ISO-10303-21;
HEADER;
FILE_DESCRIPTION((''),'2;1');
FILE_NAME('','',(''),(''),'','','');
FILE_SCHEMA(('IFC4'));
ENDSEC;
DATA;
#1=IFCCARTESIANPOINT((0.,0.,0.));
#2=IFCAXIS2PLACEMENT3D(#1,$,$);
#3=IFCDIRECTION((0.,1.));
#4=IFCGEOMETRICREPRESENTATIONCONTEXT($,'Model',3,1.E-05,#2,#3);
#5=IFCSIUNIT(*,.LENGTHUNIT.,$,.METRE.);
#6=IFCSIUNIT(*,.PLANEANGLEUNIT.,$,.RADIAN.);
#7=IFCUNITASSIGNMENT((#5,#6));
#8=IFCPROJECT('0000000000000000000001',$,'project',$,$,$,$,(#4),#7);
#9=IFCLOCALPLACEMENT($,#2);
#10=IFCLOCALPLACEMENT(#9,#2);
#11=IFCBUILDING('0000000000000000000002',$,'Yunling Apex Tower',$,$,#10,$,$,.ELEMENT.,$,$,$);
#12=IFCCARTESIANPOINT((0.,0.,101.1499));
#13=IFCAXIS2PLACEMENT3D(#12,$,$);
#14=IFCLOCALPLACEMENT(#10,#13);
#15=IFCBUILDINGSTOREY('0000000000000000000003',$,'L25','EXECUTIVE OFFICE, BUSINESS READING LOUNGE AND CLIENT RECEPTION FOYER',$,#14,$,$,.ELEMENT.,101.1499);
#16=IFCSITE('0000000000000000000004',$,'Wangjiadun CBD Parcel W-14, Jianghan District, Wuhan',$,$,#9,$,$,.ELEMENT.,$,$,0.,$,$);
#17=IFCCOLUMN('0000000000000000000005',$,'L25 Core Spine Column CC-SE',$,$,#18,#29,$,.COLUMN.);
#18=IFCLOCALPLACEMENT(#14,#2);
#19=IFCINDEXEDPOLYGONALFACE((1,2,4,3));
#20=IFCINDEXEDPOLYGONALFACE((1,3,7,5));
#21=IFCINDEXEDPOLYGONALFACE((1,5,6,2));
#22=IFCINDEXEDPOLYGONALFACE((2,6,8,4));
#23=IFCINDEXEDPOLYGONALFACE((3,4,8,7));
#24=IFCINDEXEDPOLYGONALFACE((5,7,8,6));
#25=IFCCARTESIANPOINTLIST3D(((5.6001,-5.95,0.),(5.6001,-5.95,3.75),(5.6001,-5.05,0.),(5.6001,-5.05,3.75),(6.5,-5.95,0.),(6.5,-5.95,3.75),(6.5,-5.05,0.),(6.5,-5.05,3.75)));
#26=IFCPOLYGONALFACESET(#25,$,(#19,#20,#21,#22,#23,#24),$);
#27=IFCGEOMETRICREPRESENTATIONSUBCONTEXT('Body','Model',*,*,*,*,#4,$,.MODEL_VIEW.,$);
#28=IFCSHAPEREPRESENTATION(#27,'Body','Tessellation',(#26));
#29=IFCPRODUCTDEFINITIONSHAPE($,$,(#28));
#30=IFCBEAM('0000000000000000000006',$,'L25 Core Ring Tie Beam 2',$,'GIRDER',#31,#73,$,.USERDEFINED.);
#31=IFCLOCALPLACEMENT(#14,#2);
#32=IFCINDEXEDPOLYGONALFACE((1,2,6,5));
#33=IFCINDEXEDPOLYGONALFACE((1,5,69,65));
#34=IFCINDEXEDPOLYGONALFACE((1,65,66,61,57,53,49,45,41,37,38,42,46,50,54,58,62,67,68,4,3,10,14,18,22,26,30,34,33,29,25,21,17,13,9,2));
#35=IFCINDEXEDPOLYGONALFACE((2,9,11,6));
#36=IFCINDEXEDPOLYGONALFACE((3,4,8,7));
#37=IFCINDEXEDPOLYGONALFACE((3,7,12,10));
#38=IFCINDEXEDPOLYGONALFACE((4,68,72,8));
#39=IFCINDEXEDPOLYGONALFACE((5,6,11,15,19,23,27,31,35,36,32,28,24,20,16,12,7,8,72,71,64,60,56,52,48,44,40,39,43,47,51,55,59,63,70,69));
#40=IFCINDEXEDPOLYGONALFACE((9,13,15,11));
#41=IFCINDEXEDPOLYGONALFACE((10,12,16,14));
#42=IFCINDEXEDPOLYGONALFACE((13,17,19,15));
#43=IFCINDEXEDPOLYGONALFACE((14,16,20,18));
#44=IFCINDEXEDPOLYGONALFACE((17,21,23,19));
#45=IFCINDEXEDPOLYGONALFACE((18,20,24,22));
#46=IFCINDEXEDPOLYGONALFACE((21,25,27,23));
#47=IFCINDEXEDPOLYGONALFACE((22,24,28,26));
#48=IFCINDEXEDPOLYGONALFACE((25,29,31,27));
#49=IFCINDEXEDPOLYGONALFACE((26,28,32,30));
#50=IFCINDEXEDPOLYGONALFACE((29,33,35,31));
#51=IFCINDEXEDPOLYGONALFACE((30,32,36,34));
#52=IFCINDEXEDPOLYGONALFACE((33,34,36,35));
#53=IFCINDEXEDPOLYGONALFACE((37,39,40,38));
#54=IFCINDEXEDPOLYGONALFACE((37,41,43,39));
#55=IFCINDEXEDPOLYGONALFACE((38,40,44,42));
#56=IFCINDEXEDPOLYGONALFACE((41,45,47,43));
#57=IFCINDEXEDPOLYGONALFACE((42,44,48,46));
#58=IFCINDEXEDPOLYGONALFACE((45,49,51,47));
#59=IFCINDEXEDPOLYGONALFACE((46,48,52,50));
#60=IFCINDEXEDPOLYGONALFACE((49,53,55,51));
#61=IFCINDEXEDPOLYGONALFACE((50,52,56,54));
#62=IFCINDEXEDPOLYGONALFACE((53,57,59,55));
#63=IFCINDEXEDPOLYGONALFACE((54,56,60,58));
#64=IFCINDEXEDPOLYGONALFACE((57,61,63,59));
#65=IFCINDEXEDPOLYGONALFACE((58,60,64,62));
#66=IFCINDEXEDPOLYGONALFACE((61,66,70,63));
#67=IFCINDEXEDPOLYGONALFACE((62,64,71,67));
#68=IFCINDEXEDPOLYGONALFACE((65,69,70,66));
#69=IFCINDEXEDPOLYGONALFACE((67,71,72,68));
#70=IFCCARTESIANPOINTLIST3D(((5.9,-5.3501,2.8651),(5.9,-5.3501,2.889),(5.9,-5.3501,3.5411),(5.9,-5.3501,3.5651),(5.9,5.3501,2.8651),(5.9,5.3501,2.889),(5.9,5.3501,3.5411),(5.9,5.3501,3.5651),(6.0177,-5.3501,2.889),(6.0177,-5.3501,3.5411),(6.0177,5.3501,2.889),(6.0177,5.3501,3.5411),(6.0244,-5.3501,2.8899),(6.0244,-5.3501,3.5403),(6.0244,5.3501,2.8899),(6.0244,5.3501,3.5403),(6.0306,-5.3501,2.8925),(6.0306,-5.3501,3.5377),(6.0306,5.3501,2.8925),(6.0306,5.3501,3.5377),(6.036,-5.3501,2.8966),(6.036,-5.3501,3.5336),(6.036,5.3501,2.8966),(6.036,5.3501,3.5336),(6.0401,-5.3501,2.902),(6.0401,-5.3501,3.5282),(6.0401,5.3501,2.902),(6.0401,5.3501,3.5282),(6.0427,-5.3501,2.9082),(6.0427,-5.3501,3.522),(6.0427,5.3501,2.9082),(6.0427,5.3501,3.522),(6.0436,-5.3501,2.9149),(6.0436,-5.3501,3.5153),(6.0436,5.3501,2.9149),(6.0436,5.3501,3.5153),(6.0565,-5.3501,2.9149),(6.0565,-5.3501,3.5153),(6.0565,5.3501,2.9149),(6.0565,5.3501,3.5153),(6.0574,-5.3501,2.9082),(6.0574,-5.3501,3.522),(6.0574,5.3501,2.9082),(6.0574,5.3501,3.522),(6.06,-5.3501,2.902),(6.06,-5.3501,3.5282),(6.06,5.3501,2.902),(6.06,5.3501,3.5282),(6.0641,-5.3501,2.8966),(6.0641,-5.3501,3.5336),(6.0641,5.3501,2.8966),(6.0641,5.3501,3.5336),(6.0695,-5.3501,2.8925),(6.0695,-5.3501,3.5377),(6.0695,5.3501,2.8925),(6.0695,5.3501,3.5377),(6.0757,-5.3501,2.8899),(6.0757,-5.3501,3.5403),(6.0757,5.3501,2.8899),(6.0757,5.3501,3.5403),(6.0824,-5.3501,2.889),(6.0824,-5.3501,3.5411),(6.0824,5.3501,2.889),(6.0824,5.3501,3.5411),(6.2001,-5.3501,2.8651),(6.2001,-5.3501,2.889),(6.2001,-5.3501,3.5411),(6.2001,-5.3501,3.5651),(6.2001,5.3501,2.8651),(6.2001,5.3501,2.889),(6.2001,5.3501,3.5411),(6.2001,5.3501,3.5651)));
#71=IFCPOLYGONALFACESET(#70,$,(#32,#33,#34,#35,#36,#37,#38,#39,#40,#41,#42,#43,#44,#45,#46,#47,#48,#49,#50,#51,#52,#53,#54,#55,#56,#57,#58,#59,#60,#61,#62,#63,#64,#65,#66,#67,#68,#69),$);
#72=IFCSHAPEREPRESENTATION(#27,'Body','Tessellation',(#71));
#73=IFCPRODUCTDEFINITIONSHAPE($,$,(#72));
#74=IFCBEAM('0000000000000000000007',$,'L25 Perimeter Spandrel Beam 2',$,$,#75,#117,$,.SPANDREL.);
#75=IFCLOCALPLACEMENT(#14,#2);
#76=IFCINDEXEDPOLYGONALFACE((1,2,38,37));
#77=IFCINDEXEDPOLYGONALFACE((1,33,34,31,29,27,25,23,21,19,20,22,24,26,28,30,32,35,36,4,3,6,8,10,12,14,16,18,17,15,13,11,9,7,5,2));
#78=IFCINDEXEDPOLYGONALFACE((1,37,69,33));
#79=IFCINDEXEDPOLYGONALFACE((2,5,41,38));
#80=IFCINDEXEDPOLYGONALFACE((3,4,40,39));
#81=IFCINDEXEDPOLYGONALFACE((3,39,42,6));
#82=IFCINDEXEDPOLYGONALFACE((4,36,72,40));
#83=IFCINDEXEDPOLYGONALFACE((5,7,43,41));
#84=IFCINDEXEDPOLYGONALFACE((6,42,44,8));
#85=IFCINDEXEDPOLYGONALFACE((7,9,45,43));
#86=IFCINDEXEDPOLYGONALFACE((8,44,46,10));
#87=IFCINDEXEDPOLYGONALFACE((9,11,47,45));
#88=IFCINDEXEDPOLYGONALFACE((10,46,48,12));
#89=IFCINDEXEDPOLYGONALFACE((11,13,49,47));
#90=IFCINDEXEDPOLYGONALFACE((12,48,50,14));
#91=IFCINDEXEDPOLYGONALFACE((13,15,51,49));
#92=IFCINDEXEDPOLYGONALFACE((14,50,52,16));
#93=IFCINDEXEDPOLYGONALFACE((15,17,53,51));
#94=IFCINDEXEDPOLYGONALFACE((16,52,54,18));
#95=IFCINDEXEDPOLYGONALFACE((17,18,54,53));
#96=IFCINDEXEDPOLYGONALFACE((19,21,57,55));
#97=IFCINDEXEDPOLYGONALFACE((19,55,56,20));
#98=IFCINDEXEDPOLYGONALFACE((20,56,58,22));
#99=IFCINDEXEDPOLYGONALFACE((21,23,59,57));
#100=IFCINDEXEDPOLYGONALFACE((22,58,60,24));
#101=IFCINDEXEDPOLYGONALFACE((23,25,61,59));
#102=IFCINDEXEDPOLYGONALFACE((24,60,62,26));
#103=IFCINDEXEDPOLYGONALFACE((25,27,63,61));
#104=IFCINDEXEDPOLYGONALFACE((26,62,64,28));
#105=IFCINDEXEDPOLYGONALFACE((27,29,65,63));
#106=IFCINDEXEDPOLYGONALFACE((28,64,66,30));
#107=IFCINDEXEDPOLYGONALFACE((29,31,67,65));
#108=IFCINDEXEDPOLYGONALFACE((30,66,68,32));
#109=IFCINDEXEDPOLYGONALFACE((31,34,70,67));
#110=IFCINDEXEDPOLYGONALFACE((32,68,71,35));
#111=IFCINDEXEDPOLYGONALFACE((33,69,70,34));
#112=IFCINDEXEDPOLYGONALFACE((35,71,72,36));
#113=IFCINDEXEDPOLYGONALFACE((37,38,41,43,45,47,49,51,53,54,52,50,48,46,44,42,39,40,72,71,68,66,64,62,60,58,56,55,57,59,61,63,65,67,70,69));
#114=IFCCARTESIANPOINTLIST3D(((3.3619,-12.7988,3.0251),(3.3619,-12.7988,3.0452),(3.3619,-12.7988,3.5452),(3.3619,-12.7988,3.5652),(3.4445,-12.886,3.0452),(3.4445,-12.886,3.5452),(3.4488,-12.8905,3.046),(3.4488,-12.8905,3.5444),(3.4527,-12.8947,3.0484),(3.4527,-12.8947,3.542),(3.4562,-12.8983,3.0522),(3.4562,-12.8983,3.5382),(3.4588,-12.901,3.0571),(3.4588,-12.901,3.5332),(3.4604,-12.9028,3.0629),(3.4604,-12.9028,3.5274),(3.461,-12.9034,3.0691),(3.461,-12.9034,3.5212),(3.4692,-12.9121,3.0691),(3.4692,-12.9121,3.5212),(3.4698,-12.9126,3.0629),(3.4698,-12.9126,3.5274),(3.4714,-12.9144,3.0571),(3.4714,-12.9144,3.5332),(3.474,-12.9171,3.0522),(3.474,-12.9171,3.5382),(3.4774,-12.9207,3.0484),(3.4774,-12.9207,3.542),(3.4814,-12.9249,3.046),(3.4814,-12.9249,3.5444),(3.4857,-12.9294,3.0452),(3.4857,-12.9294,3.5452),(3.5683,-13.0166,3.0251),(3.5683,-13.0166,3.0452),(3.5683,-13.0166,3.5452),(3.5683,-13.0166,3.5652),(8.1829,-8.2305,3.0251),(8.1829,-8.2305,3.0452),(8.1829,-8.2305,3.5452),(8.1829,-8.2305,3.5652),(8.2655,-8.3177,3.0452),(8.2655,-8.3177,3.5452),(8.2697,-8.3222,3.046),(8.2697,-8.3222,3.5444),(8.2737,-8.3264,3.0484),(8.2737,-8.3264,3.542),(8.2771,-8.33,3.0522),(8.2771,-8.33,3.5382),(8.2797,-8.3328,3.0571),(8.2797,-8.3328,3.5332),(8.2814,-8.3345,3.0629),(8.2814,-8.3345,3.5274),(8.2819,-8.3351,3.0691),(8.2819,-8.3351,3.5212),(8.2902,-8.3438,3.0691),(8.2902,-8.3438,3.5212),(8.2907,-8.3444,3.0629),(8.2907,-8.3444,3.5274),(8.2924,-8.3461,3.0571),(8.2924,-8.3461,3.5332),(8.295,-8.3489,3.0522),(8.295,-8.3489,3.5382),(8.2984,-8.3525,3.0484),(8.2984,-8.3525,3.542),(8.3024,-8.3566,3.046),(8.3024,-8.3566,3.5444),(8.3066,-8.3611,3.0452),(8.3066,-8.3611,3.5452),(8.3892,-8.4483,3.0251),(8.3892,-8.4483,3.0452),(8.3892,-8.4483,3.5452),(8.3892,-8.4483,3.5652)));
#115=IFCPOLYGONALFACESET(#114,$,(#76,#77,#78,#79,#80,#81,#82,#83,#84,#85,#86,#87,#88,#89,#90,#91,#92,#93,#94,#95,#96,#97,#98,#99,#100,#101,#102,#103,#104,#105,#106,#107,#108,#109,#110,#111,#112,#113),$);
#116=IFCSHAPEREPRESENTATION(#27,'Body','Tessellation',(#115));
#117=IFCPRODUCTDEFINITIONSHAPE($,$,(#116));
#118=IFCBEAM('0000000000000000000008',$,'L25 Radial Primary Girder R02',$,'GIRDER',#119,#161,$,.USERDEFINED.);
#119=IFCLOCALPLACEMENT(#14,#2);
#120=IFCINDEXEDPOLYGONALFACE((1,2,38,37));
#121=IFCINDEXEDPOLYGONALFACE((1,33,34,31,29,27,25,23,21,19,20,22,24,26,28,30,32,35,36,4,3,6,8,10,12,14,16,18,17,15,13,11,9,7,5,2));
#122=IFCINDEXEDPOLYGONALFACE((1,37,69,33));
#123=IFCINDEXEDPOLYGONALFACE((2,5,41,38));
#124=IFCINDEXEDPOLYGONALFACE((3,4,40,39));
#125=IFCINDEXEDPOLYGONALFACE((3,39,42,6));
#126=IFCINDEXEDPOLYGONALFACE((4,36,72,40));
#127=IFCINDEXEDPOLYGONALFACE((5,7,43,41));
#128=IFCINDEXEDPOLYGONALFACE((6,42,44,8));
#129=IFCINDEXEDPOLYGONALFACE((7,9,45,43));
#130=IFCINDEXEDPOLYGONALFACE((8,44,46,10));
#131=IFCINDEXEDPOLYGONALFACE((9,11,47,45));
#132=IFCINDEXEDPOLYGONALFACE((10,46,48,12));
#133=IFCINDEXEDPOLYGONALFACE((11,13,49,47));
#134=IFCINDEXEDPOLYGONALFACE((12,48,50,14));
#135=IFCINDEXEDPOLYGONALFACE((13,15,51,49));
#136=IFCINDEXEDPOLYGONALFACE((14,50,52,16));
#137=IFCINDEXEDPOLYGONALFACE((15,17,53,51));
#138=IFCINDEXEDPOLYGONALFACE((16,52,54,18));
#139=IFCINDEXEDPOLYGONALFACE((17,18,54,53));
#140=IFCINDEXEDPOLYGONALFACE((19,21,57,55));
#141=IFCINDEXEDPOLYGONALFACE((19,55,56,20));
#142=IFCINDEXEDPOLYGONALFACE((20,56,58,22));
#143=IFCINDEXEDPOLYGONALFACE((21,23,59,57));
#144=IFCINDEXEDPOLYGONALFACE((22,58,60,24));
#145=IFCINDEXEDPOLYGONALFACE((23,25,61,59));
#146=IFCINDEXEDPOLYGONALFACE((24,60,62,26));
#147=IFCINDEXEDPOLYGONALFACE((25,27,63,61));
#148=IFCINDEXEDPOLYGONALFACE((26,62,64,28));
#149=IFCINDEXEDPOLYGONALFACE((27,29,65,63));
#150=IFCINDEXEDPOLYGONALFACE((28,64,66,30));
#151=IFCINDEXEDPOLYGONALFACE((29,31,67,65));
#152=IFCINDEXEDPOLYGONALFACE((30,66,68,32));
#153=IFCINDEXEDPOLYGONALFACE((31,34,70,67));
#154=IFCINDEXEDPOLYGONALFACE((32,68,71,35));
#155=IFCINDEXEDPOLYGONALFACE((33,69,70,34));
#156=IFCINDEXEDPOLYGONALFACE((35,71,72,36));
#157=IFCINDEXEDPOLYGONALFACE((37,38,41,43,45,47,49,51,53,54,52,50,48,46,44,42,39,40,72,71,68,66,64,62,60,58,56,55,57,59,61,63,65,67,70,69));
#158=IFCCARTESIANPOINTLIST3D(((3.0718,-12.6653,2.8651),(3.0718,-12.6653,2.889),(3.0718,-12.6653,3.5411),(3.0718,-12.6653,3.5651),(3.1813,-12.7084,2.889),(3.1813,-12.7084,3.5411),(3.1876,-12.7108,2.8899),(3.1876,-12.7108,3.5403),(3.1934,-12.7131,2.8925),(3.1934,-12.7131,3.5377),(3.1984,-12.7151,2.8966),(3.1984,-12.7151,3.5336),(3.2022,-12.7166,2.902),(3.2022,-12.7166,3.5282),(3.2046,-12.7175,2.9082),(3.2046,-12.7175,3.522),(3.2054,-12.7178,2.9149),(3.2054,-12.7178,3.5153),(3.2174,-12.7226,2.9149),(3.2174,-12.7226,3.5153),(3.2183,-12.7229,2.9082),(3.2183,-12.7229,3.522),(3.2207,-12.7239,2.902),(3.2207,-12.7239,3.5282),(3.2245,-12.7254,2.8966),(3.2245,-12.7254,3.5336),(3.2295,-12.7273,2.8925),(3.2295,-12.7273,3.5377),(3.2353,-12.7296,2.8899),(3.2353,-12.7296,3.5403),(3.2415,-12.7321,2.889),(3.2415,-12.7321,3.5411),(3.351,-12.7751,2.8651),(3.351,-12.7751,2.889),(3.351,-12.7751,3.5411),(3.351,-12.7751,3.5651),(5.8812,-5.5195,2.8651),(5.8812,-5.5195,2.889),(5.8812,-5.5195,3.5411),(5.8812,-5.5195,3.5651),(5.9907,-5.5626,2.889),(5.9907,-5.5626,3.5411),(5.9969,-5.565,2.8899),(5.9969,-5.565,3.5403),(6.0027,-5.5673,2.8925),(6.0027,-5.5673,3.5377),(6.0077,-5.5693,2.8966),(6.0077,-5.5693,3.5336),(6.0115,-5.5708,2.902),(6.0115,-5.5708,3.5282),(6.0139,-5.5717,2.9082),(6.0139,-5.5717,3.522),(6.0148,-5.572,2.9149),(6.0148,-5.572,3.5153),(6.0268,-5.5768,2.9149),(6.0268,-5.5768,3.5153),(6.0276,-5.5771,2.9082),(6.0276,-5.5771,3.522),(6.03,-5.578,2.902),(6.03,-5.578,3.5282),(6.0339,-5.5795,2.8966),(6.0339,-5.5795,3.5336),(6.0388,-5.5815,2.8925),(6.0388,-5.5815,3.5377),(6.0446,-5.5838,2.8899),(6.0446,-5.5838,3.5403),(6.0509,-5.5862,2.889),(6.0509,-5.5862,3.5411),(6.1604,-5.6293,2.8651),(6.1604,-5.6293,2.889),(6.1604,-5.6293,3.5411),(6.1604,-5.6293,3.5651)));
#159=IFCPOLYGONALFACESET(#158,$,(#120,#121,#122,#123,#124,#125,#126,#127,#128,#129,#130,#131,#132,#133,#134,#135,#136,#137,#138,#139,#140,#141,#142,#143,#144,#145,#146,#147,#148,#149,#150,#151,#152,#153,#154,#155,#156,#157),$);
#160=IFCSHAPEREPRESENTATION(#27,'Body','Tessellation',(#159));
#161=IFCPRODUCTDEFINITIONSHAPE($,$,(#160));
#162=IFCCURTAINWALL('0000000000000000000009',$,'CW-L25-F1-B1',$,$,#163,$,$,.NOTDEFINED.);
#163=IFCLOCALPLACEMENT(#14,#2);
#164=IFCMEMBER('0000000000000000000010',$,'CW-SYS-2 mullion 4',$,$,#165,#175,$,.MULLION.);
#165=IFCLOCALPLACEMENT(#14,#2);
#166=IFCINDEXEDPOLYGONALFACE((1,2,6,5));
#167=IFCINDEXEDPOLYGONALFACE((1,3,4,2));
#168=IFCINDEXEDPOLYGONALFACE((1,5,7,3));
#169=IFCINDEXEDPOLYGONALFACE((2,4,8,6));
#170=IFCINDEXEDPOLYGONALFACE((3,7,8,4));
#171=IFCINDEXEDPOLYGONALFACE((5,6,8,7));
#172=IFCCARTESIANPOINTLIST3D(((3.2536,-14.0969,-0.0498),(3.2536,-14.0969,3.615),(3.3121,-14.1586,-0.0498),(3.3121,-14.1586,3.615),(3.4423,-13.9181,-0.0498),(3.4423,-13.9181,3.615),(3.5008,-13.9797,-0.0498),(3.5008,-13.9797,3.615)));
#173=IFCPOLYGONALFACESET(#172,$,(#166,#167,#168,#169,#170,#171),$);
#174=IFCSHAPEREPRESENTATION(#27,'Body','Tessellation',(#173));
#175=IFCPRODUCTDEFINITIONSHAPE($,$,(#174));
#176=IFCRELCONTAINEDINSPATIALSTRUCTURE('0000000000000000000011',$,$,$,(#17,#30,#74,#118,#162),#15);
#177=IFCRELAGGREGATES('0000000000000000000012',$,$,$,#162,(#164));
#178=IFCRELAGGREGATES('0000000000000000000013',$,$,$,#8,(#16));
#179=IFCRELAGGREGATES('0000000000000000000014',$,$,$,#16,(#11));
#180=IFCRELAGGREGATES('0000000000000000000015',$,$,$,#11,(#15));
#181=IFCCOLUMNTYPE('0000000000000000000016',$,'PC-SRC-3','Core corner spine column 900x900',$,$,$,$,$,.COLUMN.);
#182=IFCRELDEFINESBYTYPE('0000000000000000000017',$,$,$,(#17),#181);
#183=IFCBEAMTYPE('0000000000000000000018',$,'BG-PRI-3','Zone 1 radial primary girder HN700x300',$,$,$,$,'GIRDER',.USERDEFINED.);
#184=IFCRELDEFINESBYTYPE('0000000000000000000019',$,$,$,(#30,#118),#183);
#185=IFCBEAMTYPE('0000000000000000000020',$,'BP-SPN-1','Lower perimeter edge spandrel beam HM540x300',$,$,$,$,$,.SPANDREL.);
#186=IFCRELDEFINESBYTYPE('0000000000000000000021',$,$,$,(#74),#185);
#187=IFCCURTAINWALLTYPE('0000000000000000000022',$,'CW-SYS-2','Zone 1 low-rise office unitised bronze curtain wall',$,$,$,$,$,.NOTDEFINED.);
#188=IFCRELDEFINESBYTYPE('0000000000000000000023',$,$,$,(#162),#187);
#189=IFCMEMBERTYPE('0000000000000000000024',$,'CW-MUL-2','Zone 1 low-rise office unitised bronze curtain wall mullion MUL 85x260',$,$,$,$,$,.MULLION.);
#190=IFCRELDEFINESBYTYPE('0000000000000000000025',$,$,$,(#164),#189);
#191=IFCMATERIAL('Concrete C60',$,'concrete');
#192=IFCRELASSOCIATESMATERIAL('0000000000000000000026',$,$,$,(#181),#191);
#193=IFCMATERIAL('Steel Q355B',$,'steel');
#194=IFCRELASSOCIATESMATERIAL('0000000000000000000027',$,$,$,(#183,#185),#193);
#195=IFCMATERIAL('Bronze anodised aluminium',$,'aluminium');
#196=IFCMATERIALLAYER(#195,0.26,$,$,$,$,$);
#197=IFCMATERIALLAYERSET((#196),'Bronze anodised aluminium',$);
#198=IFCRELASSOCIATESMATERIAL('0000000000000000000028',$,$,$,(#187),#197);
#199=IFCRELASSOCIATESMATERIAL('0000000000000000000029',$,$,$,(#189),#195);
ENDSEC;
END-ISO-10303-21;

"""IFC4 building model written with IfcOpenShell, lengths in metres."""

from ifc_helpers import new_model, si_unit, direction, frame, origin, origin_2d, place, context, subcontext, project, spatial, rectangle, i_section, extrude, source, transform, mapped, material, layer, layer_set, material_profile, profile_set, type_object, element, aggregate, save


model = new_model("IFC4")

# Units and contexts
model_context = context("Model", 3, precision=1e-05, world=origin(), true_north=direction((0.0, 1.0)))
body_context = subcontext(model_context, "Body", "Model", "MODEL_VIEW")
ifc_project = project(units=[si_unit("LENGTHUNIT", "METRE"), si_unit("PLANEANGLEUNIT", "RADIAN")], contexts=[model_context])

# Site, building, storey
site_placement = place(None, origin())
site = spatial("IfcSite", under=ifc_project, at=site_placement, Name="Wangjiadun CBD Parcel W-14, Jianghan District, Wuhan", CompositionType="ELEMENT", RefElevation=0.0)
building_placement = place(site_placement, origin())
building = spatial("IfcBuilding", under=site, at=building_placement, Name="Yunling Apex Tower", CompositionType="ELEMENT")
storey_placement = place(building_placement, frame((0.0, 0.0, 101.1499)))
storey = spatial("IfcBuildingStorey", under=building, at=storey_placement, Name="L25", Description="EXECUTIVE OFFICE, BUSINESS READING LOUNGE AND CLIENT RECEPTION FOYER", CompositionType="ELEMENT", Elevation=101.1499)

# Column
ifc_material_1 = material(Name="Concrete C60", Category="concrete")
ifc_material_profile_1 = material_profile(ifc_material_1, rectangle(XDim=0.8999, YDim=0.8999, at=origin_2d()))
ifc_profile_set_1 = profile_set([ifc_material_profile_1], Name="Concrete C60")
column_type = type_object("IfcColumnType", Name="PC-SRC-3", Description="Core corner spine column 900x900", PredefinedType="COLUMN", material=ifc_profile_set_1)
shared_shape_1 = source(origin(), body_context, "Body", "SweptSolid", [
    extrude(rectangle(XDim=0.8999, YDim=0.8999, at=origin_2d()), origin(), (0.0, 0.0, 1.0), 3.75),
])
column_placement = place(storey_placement, frame((6.05, -5.5, 0.0), z_axis=(0.0, 0.0, 1.0), x_axis=(1.0, 0.0, 0.0)))
element("IfcColumn", 1, at=column_placement, inside=storey, type_object=column_type, Name="L25 Core Spine Column CC-SE", PredefinedType="COLUMN", context=body_context, shape_type="MappedRepresentation", body=[
    mapped(shared_shape_1, transform((0.0, 0.0, 0.0), scale=1.0)),
])

# Beams
ifc_material_2 = material(Name="Steel Q355B", Category="steel")
ifc_material_profile_2 = material_profile(ifc_material_2, i_section(OverallWidth=0.3, OverallDepth=0.7, WebThickness=0.0129, FlangeThickness=0.0239, FilletRadius=0.0259, at=origin_2d()))
ifc_profile_set_2 = profile_set([ifc_material_profile_2], Name="Steel Q355B")
beam_type_1 = type_object("IfcBeamType", Name="BG-PRI-3", Description="Zone 1 radial primary girder HN700x300", ElementType="GIRDER", PredefinedType="USERDEFINED", material=ifc_profile_set_2)
shared_shape_2 = source(origin(), body_context, "Body", "SweptSolid", [
    extrude(i_section(OverallWidth=0.3, OverallDepth=0.7, WebThickness=0.0129, FlangeThickness=0.0239, FilletRadius=0.0259, at=origin_2d()), origin(), (0.0, 0.0, 1.0), 10.7002),
])
beam_1_placement = place(storey_placement, frame((6.05, -5.3501, 3.2151), z_axis=(0.0, 1.0, 0.0), x_axis=(-1.0, 0.0, 0.0)))
element("IfcBeam", 2, at=beam_1_placement, inside=storey, type_object=beam_type_1, Name="L25 Core Ring Tie Beam 2", ObjectType="GIRDER", PredefinedType="USERDEFINED", context=body_context, shape_type="MappedRepresentation", body=[
    mapped(shared_shape_2, transform((0.0, 0.0, 0.0), scale=1.0)),
])
ifc_material_profile_3 = material_profile(ifc_material_2, i_section(OverallWidth=0.3, OverallDepth=0.54, WebThickness=0.012, FlangeThickness=0.02, FilletRadius=0.0239, at=origin_2d()))
ifc_profile_set_3 = profile_set([ifc_material_profile_3], Name="Steel Q355B")
beam_type_2 = type_object("IfcBeamType", Name="BP-SPN-1", Description="Lower perimeter edge spandrel beam HM540x300", PredefinedType="SPANDREL", material=ifc_profile_set_3)
shared_shape_3 = source(origin(), body_context, "Body", "SweptSolid", [
    extrude(i_section(OverallWidth=0.3, OverallDepth=0.54, WebThickness=0.012, FlangeThickness=0.02, FilletRadius=0.0239, at=origin_2d()), origin(), (0.0, 0.0, 1.0), 6.6416),
])
beam_2_placement = place(storey_placement, frame((3.4651, -12.9077, 3.2952), z_axis=(0.725873, 0.687828, 0.0), x_axis=(-0.687828, 0.725873, 0.0)))
element("IfcBeam", 3, at=beam_2_placement, inside=storey, type_object=beam_type_2, Name="L25 Perimeter Spandrel Beam 2", PredefinedType="SPANDREL", context=body_context, shape_type="MappedRepresentation", body=[
    mapped(shared_shape_3, transform((0.0, 0.0, 0.0), scale=1.0)),
])
shared_shape_4 = source(origin(), body_context, "Body", "SweptSolid", [
    extrude(i_section(OverallWidth=0.3, OverallDepth=0.7, WebThickness=0.0129, FlangeThickness=0.0239, FilletRadius=0.0259, at=origin_2d()), origin(), (0.0, 0.0, 1.0), 7.6782),
])
beam_3_placement = place(storey_placement, frame((3.2114, -12.7202, 3.2151), z_axis=(0.365886, 0.93066, 0.0), x_axis=(-0.93066, 0.365886, 0.0)))
element("IfcBeam", 4, at=beam_3_placement, inside=storey, type_object=beam_type_1, Name="L25 Radial Primary Girder R02", ObjectType="GIRDER", PredefinedType="USERDEFINED", context=body_context, shape_type="MappedRepresentation", body=[
    mapped(shared_shape_4, transform((0.0, 0.0, 0.0), scale=1.0)),
])

# Curtain wall, member
ifc_material_3 = material(Name="Bronze anodised aluminium", Category="aluminium")
ifc_layer_1 = layer(ifc_material_3, 0.26)
ifc_layer_set_1 = layer_set([ifc_layer_1], Name="Bronze anodised aluminium")
curtain_wall_type = type_object("IfcCurtainWallType", Name="CW-SYS-2", Description="Zone 1 low-rise office unitised bronze curtain wall", PredefinedType="NOTDEFINED", material=ifc_layer_set_1)
curtain_wall_1_placement = place(storey_placement, origin())
curtain_wall_1 = element("IfcCurtainWall", 5, at=curtain_wall_1_placement, inside=storey, type_object=curtain_wall_type, Name="CW-L25-F1-B1", PredefinedType="NOTDEFINED")
ifc_material_profile_4 = material_profile(ifc_material_3, rectangle(XDim=0.085, YDim=0.26, at=origin_2d()))
ifc_profile_set_4 = profile_set([ifc_material_profile_4], Name="Bronze anodised aluminium")
member_type_1 = type_object("IfcMemberType", Name="CW-MUL-2", Description="Zone 1 low-rise office unitised bronze curtain wall mullion MUL 85x260", PredefinedType="MULLION", material=ifc_profile_set_4)
shared_shape_5 = source(origin(), body_context, "Body", "SweptSolid", [
    extrude(rectangle(XDim=0.085, YDim=0.26, at=origin_2d()), origin(), (0.0, 0.0, 1.0), 3.6648),
])
member_1_placement = place(storey_placement, frame((3.3772, -14.0383, -0.0498), z_axis=(0.0, 0.0, 1.0), x_axis=(-0.687861, 0.725842, 0.0)))
member_1 = element("IfcMember", 6, at=member_1_placement, type_object=member_type_1, Name="CW-SYS-2 mullion 4", PredefinedType="MULLION", context=body_context, shape_type="MappedRepresentation", body=[
    mapped(shared_shape_5, transform((0.0, 0.0, 0.0), scale=1.0)),
])
aggregate(curtain_wall_1, [member_1])

save(model, "model.ifc")
